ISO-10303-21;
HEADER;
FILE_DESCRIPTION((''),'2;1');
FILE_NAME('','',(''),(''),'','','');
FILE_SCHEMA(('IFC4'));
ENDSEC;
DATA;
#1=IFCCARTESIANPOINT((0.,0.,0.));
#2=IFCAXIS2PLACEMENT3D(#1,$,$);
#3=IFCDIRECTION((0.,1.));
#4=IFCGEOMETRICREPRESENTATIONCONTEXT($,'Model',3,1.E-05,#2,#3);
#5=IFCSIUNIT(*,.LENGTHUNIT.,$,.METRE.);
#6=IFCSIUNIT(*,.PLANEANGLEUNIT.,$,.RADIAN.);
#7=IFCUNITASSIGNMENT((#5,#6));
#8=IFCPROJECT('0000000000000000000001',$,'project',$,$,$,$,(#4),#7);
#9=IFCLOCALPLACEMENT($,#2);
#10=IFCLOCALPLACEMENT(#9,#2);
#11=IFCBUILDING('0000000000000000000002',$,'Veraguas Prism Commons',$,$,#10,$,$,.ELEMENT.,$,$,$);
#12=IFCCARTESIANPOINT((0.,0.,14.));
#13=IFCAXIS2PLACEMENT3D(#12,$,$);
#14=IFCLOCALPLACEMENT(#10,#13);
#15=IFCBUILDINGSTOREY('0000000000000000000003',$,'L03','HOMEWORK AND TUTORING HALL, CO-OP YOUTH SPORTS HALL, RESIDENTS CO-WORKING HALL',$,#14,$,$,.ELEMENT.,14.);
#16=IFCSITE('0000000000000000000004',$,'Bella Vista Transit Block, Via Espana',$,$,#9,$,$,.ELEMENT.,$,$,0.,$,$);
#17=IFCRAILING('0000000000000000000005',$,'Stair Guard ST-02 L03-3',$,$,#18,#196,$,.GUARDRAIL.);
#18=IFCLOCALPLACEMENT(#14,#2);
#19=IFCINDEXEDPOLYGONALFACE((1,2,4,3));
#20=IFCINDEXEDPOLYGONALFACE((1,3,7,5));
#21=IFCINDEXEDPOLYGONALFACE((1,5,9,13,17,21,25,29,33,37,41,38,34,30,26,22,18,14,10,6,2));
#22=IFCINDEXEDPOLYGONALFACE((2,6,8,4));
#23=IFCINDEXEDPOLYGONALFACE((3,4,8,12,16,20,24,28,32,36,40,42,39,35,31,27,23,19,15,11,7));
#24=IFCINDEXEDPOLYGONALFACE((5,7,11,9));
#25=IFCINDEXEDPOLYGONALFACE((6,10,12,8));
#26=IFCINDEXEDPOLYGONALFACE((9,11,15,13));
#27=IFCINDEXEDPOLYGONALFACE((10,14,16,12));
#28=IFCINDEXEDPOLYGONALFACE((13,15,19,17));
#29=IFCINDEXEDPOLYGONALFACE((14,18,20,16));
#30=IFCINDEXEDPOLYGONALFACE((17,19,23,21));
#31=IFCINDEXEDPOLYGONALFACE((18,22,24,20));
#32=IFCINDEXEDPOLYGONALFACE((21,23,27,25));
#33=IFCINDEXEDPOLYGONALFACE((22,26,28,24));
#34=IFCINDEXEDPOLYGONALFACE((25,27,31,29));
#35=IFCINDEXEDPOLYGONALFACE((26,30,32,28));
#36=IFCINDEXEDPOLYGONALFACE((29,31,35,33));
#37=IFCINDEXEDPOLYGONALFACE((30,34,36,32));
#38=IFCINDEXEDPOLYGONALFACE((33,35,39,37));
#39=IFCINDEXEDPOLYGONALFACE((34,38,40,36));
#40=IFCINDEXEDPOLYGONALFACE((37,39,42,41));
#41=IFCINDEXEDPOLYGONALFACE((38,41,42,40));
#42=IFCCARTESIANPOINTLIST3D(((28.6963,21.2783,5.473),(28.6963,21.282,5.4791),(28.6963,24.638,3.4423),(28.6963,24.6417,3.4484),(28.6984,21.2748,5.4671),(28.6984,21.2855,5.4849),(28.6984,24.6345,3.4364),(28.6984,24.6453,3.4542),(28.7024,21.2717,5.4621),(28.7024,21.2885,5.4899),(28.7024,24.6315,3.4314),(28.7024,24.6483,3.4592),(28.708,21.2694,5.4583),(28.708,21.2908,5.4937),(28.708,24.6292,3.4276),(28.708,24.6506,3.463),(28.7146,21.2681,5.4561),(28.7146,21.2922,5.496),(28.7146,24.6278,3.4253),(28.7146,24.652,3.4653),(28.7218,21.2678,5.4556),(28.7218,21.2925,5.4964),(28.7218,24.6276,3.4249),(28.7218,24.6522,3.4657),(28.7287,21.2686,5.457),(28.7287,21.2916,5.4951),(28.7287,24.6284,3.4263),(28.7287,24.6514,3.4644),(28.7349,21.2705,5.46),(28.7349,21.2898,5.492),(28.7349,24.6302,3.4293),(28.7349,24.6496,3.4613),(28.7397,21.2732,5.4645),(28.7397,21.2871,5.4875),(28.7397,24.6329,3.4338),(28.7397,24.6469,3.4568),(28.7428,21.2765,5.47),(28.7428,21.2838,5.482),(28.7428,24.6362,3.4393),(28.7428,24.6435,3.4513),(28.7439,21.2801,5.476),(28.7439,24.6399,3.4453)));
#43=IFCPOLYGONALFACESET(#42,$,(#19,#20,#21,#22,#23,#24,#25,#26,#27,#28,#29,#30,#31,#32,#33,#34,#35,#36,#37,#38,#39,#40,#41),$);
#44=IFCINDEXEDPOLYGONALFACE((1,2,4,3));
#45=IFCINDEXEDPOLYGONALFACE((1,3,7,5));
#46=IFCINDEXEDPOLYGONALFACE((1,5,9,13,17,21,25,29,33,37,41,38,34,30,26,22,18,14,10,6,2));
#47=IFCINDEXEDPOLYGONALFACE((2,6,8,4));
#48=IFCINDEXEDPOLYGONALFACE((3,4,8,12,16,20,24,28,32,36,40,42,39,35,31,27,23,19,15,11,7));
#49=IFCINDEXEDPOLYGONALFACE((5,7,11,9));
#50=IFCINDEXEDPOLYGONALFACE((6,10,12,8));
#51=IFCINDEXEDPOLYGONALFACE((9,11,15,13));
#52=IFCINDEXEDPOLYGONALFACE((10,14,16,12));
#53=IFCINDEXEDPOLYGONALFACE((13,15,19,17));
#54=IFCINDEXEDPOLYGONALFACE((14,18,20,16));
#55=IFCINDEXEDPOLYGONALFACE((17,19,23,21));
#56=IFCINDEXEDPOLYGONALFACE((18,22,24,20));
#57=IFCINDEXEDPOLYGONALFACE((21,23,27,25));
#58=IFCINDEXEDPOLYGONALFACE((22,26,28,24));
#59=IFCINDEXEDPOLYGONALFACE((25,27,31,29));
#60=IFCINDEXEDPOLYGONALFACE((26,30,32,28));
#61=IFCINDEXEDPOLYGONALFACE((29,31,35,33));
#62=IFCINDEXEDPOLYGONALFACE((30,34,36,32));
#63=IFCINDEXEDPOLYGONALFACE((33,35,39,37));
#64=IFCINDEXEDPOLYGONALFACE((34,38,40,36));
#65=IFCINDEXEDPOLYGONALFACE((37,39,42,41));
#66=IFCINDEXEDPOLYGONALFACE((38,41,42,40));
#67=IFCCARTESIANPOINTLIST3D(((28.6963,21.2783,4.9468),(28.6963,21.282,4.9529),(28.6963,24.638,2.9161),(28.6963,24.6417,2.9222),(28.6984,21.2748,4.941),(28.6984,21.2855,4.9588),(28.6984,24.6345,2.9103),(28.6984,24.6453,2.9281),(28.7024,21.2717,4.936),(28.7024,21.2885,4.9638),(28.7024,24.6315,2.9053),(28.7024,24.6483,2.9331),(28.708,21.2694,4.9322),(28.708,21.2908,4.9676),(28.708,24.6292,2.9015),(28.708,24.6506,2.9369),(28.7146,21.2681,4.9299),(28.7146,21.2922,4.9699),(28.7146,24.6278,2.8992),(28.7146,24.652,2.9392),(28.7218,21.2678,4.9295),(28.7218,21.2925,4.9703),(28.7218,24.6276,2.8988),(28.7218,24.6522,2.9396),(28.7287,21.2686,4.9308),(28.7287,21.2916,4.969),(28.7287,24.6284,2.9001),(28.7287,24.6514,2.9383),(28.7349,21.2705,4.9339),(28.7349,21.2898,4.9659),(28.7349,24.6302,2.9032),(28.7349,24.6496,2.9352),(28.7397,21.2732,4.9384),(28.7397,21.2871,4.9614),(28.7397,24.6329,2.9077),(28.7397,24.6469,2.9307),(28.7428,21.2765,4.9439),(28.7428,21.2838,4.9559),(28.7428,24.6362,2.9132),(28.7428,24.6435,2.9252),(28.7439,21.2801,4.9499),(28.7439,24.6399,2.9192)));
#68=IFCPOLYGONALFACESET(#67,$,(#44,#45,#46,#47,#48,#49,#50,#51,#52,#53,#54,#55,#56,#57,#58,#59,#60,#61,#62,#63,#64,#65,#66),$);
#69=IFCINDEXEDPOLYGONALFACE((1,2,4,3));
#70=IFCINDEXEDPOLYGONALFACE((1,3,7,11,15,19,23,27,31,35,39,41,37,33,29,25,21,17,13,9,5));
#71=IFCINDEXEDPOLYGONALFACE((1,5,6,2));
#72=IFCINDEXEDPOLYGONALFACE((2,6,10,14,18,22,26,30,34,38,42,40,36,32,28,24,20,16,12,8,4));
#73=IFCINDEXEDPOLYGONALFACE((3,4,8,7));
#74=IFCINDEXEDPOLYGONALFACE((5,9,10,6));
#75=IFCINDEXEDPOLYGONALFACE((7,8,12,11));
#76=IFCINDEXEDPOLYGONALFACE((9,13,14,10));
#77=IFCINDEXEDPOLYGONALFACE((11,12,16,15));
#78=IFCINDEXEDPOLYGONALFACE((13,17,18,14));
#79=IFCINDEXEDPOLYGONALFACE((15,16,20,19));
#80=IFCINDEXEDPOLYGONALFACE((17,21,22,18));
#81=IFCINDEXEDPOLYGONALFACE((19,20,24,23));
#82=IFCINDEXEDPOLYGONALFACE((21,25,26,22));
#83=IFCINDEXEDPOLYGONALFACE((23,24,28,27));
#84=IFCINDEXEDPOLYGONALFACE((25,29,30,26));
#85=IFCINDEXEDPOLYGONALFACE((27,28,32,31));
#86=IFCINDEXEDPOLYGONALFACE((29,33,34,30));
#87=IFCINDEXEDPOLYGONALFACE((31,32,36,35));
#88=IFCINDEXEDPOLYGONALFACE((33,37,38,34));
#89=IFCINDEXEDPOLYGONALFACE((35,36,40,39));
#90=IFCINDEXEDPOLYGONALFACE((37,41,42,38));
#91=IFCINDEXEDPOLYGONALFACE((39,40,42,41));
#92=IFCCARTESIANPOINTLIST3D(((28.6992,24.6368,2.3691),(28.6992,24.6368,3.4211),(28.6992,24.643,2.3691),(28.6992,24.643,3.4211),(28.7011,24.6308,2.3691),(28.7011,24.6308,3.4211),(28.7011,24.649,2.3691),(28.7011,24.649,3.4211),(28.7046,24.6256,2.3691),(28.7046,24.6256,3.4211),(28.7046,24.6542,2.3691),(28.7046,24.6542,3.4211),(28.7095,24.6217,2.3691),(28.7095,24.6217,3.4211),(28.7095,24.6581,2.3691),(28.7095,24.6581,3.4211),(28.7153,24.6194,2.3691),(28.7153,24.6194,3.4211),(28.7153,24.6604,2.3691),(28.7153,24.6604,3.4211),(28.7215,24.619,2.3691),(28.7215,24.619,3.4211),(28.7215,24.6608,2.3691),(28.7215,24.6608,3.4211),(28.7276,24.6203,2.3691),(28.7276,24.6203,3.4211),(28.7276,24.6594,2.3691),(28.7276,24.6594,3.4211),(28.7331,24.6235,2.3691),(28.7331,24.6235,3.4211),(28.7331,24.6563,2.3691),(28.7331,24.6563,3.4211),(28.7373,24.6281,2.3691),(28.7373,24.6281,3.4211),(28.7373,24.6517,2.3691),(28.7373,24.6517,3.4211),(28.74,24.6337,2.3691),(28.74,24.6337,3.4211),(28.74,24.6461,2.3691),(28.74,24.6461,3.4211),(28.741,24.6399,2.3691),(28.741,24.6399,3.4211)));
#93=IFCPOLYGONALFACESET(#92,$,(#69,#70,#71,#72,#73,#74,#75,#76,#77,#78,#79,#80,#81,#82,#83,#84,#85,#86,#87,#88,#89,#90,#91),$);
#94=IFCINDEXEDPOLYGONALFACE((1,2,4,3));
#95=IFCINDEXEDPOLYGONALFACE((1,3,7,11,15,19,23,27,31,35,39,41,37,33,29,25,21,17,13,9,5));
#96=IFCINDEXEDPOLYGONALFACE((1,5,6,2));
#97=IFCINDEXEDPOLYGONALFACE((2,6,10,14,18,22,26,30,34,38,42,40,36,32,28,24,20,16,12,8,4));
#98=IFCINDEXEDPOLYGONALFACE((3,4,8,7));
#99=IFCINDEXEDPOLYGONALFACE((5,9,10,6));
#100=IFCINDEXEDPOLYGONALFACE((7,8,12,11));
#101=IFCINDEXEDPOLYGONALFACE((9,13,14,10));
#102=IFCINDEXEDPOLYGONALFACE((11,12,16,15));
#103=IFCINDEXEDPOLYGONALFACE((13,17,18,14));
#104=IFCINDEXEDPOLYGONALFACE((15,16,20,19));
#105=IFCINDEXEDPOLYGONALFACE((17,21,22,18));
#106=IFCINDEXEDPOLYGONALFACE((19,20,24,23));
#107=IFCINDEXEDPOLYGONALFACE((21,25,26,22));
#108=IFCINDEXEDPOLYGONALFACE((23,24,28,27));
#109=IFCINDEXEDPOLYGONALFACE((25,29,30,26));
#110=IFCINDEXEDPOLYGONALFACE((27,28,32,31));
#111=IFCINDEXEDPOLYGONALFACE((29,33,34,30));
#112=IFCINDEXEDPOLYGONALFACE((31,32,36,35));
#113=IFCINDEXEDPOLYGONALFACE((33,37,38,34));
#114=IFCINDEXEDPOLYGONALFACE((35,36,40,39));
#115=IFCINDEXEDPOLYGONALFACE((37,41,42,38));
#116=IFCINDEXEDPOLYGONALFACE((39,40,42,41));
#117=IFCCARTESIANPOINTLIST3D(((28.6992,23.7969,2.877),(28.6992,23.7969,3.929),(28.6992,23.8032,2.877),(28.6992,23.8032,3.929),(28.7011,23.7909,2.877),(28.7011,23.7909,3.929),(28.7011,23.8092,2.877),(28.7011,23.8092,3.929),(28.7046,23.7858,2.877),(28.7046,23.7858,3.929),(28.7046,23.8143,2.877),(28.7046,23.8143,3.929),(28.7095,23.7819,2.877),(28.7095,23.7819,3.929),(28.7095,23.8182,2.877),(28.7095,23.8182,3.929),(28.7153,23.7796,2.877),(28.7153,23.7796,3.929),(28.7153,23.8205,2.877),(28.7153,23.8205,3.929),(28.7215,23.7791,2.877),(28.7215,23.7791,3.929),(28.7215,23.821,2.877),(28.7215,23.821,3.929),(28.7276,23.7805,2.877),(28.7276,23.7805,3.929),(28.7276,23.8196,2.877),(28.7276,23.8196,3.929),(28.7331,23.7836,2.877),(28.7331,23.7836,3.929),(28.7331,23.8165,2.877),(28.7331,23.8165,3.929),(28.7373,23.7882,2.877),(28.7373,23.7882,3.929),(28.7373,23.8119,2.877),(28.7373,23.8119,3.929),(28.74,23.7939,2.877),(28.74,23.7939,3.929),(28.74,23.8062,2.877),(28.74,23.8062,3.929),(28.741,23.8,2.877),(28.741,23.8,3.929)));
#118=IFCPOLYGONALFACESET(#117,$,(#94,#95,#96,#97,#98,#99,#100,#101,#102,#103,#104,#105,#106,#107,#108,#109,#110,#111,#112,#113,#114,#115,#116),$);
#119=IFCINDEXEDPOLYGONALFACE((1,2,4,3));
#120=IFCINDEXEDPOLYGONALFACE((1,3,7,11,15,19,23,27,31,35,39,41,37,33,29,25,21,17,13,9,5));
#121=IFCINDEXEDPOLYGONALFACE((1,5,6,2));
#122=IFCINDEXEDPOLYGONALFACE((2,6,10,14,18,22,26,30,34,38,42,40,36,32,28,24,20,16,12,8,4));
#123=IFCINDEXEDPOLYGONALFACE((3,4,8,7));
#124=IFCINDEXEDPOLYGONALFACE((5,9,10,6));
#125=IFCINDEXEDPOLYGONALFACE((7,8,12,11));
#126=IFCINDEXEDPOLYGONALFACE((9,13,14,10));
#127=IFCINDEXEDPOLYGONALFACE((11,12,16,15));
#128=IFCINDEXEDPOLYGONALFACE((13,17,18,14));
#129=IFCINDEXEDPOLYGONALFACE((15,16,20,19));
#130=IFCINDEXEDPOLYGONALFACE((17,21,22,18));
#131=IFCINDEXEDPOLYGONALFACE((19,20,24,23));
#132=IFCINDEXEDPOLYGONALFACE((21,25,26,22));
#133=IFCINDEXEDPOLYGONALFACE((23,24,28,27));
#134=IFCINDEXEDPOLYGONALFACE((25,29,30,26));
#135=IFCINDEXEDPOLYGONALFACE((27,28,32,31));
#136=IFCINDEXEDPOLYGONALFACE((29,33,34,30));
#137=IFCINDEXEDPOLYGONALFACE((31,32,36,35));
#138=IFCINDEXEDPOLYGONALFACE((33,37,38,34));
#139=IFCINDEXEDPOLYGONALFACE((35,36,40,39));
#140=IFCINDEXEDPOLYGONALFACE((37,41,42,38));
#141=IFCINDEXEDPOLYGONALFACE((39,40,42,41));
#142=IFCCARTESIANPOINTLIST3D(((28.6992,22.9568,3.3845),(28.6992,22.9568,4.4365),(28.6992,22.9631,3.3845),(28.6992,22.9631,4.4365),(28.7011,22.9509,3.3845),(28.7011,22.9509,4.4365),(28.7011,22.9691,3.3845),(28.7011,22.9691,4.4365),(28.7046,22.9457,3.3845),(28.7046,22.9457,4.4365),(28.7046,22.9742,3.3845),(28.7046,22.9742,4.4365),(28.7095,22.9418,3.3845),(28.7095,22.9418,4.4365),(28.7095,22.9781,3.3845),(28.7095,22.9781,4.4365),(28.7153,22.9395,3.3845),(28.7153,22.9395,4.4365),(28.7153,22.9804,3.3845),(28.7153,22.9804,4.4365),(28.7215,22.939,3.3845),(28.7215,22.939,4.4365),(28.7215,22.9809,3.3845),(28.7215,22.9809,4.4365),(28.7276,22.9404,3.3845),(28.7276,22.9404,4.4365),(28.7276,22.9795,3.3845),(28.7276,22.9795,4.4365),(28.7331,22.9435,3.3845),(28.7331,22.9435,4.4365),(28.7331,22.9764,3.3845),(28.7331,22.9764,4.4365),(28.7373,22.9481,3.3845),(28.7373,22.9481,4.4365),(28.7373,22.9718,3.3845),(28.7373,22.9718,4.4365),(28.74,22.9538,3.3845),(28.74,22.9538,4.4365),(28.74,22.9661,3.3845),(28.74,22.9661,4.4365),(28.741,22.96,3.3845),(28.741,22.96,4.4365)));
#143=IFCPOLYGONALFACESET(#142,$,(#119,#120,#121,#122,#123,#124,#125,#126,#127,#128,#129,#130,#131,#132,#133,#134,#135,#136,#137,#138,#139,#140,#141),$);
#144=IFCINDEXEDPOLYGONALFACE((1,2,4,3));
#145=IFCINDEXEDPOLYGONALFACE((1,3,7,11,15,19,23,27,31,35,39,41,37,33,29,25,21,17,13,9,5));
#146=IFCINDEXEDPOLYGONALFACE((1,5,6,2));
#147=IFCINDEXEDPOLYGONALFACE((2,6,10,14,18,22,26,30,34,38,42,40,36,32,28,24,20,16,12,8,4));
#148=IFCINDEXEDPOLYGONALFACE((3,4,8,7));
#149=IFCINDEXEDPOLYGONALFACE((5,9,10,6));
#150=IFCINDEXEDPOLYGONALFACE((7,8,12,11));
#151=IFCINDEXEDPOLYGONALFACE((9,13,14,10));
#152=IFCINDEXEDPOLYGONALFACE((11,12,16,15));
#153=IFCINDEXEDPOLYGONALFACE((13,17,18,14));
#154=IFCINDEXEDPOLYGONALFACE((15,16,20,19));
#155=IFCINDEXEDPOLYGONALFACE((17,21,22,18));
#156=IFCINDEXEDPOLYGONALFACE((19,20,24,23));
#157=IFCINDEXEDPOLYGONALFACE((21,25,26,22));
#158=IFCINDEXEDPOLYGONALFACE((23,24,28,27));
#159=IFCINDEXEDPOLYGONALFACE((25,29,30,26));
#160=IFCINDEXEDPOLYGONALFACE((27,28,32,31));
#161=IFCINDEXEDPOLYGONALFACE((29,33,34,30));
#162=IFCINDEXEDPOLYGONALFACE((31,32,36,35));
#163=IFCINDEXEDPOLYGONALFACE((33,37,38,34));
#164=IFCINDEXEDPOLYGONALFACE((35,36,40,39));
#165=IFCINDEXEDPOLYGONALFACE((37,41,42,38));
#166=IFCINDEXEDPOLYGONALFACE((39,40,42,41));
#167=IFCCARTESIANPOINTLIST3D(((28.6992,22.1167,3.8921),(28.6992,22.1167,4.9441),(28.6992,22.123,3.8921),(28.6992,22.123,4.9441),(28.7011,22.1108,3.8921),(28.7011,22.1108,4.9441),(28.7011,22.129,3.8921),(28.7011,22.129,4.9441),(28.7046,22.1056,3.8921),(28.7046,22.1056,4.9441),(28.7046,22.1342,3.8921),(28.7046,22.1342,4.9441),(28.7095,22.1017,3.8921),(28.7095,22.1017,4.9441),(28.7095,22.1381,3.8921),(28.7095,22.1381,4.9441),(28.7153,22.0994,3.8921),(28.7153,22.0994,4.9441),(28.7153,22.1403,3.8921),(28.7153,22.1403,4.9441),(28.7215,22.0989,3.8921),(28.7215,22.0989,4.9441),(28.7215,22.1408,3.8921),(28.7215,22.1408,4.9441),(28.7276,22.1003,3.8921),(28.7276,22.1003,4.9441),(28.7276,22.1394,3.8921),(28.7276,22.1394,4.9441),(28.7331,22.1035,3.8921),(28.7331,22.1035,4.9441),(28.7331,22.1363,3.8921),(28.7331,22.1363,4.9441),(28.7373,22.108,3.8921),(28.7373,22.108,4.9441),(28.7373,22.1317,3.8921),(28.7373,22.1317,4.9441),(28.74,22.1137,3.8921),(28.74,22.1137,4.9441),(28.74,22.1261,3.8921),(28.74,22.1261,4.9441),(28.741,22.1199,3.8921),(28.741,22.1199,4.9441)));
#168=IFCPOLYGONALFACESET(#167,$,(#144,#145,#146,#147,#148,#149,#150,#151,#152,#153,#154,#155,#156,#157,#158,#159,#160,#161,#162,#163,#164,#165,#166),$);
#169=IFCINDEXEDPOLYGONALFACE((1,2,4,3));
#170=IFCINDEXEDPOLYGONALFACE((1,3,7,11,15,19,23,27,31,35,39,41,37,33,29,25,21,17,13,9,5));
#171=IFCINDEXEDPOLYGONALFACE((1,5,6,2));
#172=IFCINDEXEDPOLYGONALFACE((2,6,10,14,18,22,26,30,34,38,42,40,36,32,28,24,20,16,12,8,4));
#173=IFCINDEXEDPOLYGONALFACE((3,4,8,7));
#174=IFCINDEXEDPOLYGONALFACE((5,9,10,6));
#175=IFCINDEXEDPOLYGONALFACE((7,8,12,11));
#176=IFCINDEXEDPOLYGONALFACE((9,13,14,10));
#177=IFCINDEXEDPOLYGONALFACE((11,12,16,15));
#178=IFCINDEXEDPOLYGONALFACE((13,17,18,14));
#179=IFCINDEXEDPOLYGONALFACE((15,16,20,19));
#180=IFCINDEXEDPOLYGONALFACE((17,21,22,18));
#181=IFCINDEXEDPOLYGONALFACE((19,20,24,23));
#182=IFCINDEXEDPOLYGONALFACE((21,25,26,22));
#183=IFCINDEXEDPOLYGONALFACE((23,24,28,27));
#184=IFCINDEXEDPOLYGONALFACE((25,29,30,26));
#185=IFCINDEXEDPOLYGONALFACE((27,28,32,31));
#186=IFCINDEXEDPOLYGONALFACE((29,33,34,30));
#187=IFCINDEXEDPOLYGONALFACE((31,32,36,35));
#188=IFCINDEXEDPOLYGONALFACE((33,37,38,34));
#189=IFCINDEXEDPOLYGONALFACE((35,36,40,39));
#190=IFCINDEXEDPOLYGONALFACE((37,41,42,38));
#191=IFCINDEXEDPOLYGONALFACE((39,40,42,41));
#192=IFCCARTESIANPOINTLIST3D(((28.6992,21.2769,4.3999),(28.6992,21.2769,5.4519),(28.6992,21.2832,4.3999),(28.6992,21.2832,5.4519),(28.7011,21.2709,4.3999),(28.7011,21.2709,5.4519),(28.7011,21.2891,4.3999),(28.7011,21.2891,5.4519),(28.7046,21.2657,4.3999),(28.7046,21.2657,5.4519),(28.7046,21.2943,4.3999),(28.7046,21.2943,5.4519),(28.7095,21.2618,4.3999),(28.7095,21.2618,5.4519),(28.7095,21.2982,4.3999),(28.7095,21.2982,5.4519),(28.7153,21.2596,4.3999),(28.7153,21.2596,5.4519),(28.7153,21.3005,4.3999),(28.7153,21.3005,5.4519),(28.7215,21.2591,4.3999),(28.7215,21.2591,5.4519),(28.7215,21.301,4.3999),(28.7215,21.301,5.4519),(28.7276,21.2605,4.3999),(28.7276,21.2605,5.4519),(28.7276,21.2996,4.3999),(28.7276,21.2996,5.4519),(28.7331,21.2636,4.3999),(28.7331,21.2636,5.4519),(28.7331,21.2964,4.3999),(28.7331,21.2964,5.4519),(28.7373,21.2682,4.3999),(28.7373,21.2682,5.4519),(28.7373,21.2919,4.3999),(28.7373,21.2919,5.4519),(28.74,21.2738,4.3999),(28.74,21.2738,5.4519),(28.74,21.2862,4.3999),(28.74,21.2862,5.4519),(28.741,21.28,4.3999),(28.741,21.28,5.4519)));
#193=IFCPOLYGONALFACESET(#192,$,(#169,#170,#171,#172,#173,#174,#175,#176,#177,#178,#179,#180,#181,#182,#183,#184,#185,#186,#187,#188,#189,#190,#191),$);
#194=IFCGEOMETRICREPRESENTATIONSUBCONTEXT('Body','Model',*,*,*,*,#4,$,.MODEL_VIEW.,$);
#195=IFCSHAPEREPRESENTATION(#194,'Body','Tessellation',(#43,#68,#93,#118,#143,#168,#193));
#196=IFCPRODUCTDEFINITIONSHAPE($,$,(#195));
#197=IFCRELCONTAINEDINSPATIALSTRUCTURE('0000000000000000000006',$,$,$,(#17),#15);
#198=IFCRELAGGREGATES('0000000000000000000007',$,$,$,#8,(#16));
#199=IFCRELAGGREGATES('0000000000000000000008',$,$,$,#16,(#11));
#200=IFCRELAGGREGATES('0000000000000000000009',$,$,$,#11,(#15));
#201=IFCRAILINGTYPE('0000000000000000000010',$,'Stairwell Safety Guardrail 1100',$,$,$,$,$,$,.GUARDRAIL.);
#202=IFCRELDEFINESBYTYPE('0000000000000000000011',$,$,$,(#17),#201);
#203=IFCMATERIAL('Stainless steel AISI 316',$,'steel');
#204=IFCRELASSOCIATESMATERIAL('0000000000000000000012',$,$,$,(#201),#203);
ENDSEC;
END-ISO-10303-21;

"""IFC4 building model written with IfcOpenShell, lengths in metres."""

from ifc_helpers import new_model, si_unit, direction, frame, origin, origin_2d, place, context, subcontext, project, spatial, circle, extrude, material, type_object, element, save


model = new_model("IFC4")

# Units and contexts
model_context = context("Model", 3, precision=1e-05, world=origin(), true_north=direction((0.0, 1.0)))
body_context = subcontext(model_context, "Body", "Model", "MODEL_VIEW")
ifc_project = project(units=[si_unit("LENGTHUNIT", "METRE"), si_unit("PLANEANGLEUNIT", "RADIAN")], contexts=[model_context])

# Site, building, storey
site_placement = place(None, origin())
site = spatial("IfcSite", under=ifc_project, at=site_placement, Name="Bella Vista Transit Block, Via Espana", CompositionType="ELEMENT", RefElevation=0.0)
building_placement = place(site_placement, origin())
building = spatial("IfcBuilding", under=site, at=building_placement, Name="Veraguas Prism Commons", CompositionType="ELEMENT")
storey_placement = place(building_placement, frame((0.0, 0.0, 14.0)))
storey = spatial("IfcBuildingStorey", under=building, at=storey_placement, Name="L03", Description="HOMEWORK AND TUTORING HALL, CO-OP YOUTH SPORTS HALL, RESIDENTS CO-WORKING HALL", CompositionType="ELEMENT", Elevation=14.0)

# Railing
ifc_material_1 = material(Name="Stainless steel AISI 316", Category="steel")
railing_type_1 = type_object("IfcRailingType", Name="Stairwell Safety Guardrail 1100", PredefinedType="GUARDRAIL", material=ifc_material_1)
railing_1_placement = place(storey_placement, frame((28.72, 24.6399, 2.3691)))
element("IfcRailing", 1, at=railing_1_placement, inside=storey, type_object=railing_type_1, Name="Stair Guard ST-02 L03-3", PredefinedType="GUARDRAIL", context=body_context, shape_type="SweptSolid", body=[
    extrude(circle(Radius=0.0239, at=origin_2d()), frame((0.0, 0.0, 1.0762), z_axis=(0.0, -0.85582, 0.517273), x_axis=(1.0, 0.0, 0.0)), (0.0, 0.0, 1.0), 3.9258),
    extrude(circle(Radius=0.0239, at=origin_2d()), frame((0.0, 0.0, 0.55), z_axis=(0.0, -0.85582, 0.517273), x_axis=(1.0, 0.0, 0.0)), (0.0, 0.0, 1.0), 3.9258),
    extrude(circle(Radius=0.021, at=origin_2d()), origin(), (0.0, 0.0, 1.0), 1.052),
    extrude(circle(Radius=0.021, at=origin_2d()), frame((0.0, -0.8398, 0.5078)), (0.0, 0.0, 1.0), 1.052),
    extrude(circle(Radius=0.021, at=origin_2d()), frame((0.0, -1.6799, 1.0154)), (0.0, 0.0, 1.0), 1.052),
    extrude(circle(Radius=0.021, at=origin_2d()), frame((0.0, -2.52, 1.5229)), (0.0, 0.0, 1.0), 1.052),
    extrude(circle(Radius=0.021, at=origin_2d()), frame((0.0, -3.3599, 2.0308)), (0.0, 0.0, 1.0), 1.052),
])

save(model, "model.ifc")
